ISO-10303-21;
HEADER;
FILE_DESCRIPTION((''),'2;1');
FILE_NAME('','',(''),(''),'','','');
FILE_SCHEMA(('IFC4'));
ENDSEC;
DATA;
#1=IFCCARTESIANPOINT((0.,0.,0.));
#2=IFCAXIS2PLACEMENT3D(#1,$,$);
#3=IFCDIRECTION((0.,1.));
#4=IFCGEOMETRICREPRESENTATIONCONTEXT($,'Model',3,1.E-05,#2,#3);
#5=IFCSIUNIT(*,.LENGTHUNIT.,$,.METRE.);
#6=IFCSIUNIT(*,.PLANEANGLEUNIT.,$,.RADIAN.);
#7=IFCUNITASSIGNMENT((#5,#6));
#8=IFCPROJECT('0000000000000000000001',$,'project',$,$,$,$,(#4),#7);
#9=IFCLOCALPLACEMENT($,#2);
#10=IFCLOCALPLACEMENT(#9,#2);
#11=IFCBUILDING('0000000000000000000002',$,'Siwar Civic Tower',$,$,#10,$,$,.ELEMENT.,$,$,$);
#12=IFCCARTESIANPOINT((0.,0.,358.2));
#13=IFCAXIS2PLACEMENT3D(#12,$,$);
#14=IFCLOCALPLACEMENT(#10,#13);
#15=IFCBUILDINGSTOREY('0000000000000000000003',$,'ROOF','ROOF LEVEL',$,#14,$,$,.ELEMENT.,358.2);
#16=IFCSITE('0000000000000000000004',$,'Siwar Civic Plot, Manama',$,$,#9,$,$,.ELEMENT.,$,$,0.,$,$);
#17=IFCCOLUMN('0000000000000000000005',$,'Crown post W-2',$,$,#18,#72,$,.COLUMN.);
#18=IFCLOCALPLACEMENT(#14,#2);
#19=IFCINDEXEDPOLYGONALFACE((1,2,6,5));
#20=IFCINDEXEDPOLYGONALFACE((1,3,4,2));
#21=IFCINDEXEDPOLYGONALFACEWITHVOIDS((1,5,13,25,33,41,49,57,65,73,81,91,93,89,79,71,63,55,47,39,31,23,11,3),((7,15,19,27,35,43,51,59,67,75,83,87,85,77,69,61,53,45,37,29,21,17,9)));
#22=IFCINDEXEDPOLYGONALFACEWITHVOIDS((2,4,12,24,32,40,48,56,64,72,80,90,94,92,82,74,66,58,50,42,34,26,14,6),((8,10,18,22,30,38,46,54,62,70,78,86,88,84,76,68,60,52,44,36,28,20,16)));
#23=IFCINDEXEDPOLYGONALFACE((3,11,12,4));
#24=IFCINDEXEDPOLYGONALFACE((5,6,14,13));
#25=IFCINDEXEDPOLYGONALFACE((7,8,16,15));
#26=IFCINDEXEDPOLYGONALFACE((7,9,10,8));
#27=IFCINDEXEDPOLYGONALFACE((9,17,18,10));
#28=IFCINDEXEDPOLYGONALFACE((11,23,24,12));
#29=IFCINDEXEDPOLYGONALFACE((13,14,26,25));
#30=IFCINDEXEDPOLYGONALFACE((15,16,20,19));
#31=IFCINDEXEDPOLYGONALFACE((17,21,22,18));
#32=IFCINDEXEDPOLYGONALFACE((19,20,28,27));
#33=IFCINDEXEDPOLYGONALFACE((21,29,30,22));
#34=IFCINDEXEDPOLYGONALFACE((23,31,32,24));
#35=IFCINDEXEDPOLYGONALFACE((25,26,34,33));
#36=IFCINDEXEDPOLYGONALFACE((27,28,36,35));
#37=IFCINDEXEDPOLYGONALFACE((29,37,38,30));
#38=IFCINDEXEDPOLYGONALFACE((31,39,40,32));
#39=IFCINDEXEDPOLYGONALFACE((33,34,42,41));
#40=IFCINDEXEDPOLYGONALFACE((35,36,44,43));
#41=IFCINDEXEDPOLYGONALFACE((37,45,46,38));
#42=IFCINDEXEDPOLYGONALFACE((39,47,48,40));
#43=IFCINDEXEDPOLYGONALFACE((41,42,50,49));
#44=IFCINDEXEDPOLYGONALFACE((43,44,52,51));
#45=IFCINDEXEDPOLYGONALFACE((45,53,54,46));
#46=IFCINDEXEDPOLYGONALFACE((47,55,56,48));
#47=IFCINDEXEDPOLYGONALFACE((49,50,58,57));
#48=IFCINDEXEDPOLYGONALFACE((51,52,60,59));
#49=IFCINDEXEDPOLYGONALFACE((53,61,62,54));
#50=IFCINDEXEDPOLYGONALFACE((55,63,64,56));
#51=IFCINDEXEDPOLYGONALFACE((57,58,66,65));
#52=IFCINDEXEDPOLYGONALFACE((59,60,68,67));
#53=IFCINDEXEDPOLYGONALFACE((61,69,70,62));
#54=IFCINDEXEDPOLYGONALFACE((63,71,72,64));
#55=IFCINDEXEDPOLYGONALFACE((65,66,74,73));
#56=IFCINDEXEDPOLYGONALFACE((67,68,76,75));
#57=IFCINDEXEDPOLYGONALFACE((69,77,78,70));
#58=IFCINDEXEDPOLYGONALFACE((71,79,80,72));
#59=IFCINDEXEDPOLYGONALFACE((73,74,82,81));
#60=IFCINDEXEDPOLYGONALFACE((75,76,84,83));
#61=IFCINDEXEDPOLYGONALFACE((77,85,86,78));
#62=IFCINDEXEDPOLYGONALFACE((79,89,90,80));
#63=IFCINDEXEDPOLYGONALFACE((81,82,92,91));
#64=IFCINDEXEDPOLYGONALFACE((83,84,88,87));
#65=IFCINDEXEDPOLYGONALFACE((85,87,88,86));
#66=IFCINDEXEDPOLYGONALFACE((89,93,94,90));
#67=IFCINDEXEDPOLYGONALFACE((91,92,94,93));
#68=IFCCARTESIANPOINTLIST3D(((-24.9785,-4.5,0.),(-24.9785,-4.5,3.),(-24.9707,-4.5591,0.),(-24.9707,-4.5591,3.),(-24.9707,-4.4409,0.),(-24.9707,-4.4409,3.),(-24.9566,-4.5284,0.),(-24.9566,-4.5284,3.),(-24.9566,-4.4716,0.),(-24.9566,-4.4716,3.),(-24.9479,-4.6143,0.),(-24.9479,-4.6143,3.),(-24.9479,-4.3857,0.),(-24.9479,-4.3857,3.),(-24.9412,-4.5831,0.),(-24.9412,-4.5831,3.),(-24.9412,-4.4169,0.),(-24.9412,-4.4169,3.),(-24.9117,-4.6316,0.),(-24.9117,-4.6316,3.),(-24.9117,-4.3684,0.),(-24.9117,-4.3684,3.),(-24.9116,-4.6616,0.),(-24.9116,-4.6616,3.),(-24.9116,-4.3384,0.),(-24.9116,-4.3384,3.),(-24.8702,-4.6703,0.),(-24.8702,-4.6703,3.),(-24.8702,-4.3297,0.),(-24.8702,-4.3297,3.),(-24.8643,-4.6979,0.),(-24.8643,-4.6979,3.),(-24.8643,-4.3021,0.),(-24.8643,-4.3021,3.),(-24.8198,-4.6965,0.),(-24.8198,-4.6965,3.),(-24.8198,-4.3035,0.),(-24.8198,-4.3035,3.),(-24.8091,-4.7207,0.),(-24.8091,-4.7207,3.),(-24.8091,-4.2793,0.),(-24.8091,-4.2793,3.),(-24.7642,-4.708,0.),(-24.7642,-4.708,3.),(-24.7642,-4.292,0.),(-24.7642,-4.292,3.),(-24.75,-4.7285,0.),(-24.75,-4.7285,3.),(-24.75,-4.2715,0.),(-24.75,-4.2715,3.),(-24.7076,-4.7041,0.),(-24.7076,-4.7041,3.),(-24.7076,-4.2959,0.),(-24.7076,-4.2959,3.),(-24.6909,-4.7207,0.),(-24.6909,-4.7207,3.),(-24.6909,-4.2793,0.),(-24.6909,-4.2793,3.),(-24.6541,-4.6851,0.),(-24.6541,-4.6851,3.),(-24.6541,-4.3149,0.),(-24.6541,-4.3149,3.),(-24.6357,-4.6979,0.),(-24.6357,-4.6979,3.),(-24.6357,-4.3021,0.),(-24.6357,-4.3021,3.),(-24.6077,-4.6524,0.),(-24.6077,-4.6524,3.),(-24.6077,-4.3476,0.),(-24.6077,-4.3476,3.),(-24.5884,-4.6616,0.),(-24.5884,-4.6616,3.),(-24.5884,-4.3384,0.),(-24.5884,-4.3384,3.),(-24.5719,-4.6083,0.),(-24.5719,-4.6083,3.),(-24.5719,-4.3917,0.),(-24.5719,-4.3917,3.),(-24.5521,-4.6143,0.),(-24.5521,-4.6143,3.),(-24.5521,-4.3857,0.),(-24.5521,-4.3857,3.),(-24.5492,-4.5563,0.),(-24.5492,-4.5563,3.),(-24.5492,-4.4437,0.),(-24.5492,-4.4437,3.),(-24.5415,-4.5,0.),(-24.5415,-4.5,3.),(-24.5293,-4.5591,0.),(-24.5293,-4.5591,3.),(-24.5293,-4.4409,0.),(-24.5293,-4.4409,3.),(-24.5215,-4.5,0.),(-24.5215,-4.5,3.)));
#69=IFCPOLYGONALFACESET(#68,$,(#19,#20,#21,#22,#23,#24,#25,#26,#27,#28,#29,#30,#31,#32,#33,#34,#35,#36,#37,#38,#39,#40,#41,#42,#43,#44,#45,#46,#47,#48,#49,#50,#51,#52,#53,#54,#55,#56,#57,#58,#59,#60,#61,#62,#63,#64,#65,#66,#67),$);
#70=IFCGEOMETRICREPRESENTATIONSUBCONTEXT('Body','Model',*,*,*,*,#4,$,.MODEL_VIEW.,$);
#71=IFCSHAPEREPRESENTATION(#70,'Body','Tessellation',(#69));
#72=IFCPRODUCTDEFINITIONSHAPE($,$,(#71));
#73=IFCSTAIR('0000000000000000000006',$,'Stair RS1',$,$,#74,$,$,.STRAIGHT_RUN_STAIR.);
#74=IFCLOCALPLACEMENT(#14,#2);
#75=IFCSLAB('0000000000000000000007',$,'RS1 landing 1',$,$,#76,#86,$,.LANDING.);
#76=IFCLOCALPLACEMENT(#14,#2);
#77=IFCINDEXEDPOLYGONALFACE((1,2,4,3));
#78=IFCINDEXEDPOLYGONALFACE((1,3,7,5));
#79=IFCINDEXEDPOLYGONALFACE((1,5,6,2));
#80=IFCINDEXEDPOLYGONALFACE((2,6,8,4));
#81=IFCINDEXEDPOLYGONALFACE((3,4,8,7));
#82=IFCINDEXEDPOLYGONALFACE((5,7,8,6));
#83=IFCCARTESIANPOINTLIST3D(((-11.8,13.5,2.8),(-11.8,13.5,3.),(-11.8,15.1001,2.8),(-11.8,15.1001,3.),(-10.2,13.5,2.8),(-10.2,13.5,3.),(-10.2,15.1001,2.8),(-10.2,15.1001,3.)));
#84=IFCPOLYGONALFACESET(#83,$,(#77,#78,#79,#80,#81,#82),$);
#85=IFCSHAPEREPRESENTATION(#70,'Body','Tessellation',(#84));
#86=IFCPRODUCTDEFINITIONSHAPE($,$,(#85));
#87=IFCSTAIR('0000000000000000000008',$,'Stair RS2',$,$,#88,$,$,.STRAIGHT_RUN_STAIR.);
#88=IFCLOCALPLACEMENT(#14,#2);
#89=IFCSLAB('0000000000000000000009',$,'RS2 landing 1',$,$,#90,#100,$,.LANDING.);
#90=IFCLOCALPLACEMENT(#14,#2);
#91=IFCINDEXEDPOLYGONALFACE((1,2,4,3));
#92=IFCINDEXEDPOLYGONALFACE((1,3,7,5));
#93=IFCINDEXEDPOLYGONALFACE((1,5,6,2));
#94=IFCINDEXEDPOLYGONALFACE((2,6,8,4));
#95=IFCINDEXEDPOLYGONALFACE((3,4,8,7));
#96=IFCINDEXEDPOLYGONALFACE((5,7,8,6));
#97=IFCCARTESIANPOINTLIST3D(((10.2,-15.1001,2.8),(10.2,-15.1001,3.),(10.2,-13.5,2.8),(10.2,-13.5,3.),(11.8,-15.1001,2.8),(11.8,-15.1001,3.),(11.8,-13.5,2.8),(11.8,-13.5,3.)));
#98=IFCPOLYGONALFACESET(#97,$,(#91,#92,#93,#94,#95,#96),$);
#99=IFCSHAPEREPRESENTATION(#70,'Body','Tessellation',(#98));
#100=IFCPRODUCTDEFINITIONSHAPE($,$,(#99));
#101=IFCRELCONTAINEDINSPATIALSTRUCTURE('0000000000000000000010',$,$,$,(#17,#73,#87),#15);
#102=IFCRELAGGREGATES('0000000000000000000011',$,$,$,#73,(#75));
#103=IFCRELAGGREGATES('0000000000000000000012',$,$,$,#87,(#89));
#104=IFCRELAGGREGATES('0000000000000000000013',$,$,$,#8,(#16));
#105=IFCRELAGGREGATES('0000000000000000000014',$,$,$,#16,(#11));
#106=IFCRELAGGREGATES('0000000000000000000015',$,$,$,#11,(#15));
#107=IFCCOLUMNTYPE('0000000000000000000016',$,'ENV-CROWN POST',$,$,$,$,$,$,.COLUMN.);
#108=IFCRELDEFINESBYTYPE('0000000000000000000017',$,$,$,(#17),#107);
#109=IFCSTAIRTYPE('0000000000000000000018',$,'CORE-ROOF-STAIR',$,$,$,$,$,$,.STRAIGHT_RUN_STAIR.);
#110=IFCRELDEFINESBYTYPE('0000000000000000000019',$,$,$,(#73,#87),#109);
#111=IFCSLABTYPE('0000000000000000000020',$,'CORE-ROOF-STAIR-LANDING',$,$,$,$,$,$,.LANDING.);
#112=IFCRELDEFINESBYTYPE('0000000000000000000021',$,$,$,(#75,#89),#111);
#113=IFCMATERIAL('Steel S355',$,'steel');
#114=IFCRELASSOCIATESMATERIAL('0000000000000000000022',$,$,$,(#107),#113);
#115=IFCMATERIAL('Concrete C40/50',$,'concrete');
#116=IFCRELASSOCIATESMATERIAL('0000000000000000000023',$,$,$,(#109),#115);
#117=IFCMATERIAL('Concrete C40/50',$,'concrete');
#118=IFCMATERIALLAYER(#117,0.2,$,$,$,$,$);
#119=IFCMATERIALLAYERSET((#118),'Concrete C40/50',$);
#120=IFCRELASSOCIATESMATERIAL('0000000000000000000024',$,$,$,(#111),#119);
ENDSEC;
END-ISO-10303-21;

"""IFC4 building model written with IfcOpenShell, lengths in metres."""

from ifc_helpers import new_model, si_unit, direction, frame, origin, origin_2d, place, context, subcontext, project, spatial, polyline, hollow_circle, outline, extrude, material, layer, layer_set, material_profile, profile_set, type_object, element, aggregate, save


model = new_model("IFC4")

# Units and contexts
model_context = context("Model", 3, precision=1e-05, world=origin(), true_north=direction((0.0, 1.0)))
body_context = subcontext(model_context, "Body", "Model", "MODEL_VIEW")
ifc_project = project(units=[si_unit("LENGTHUNIT", "METRE"), si_unit("PLANEANGLEUNIT", "RADIAN")], contexts=[model_context])

# Site, building, storey
site_placement = place(None, origin())
site = spatial("IfcSite", under=ifc_project, at=site_placement, Name="Siwar Civic Plot, Manama", CompositionType="ELEMENT", RefElevation=0.0)
building_placement = place(site_placement, origin())
building = spatial("IfcBuilding", under=site, at=building_placement, Name="Siwar Civic Tower", CompositionType="ELEMENT")
storey_placement = place(building_placement, frame((0.0, 0.0, 358.2)))
storey = spatial("IfcBuildingStorey", under=building, at=storey_placement, Name="ROOF", Description="ROOF LEVEL", CompositionType="ELEMENT", Elevation=358.2)

# Column
ifc_material_1 = material(Name="Steel S355", Category="steel")
ifc_material_profile = material_profile(ifc_material_1, hollow_circle(Radius=0.2285, WallThickness=0.02, at=origin_2d()), Name="CHS457x20")
ifc_profile_set = profile_set([ifc_material_profile], Name="Steel S355")
column_type = type_object("IfcColumnType", Name="ENV-CROWN POST", PredefinedType="COLUMN", material=ifc_profile_set)
column_placement = place(storey_placement, frame((-24.75, -4.5, 0.0), z_axis=(0.0, 0.0, 1.0), x_axis=(1.0, 0.0, 0.0)))
element("IfcColumn", 1, at=column_placement, inside=storey, type_object=column_type, Name="Crown post W-2", PredefinedType="COLUMN", context=body_context, shape_type="SweptSolid", body=[
    extrude(hollow_circle(Radius=0.2285, WallThickness=0.02, at=origin_2d()), origin(), (0.0, 0.0, 1.0), 3.0),
])

# Stairs, slabs
ifc_material_2 = material(Name="Concrete C40/50", Category="concrete")
stair_type = type_object("IfcStairType", Name="CORE-ROOF-STAIR", PredefinedType="STRAIGHT_RUN_STAIR", material=ifc_material_2)
stair_1_placement = place(storey_placement, origin())
stair_1 = element("IfcStair", 2, at=stair_1_placement, inside=storey, type_object=stair_type, Name="Stair RS1", PredefinedType="STRAIGHT_RUN_STAIR")
ifc_material_3 = material(Name="Concrete C40/50", Category="concrete")
ifc_layer_1 = layer(ifc_material_3, 0.2)
ifc_layer_set_1 = layer_set([ifc_layer_1], Name="Concrete C40/50")
slab_type_1 = type_object("IfcSlabType", Name="CORE-ROOF-STAIR-LANDING", PredefinedType="LANDING", material=ifc_layer_set_1)
placement = place(building_placement, frame((0.0, 0.0, 361.2)))
slab_1_placement = place(placement, frame((0.0, 0.0, -0.2)))
slab_1 = element("IfcSlab", 3, at=slab_1_placement, type_object=slab_type_1, Name="RS1 landing 1", PredefinedType="LANDING", context=body_context, shape_type="SweptSolid", body=[
    extrude(outline(polyline([(-10.2, 13.5), (-11.8, 13.5), (-11.8, 15.1001), (-10.2, 15.1001), (-10.2, 13.5)])), origin(), (0.0, 0.0, 1.0), 0.2),
])
aggregate(stair_1, [slab_1])
stair_2_placement = place(storey_placement, origin())
stair_2 = element("IfcStair", 4, at=stair_2_placement, inside=storey, type_object=stair_type, Name="Stair RS2", PredefinedType="STRAIGHT_RUN_STAIR")
slab_2_placement = place(placement, frame((0.0, 0.0, -0.2)))
slab_2 = element("IfcSlab", 5, at=slab_2_placement, type_object=slab_type_1, Name="RS2 landing 1", PredefinedType="LANDING", context=body_context, shape_type="SweptSolid", body=[
    extrude(outline(polyline([(10.2, -13.5), (11.8, -13.5), (11.8, -15.1001), (10.2, -15.1001), (10.2, -13.5)])), origin(), (0.0, 0.0, 1.0), 0.2),
])
aggregate(stair_2, [slab_2])

save(model, "model.ifc")
